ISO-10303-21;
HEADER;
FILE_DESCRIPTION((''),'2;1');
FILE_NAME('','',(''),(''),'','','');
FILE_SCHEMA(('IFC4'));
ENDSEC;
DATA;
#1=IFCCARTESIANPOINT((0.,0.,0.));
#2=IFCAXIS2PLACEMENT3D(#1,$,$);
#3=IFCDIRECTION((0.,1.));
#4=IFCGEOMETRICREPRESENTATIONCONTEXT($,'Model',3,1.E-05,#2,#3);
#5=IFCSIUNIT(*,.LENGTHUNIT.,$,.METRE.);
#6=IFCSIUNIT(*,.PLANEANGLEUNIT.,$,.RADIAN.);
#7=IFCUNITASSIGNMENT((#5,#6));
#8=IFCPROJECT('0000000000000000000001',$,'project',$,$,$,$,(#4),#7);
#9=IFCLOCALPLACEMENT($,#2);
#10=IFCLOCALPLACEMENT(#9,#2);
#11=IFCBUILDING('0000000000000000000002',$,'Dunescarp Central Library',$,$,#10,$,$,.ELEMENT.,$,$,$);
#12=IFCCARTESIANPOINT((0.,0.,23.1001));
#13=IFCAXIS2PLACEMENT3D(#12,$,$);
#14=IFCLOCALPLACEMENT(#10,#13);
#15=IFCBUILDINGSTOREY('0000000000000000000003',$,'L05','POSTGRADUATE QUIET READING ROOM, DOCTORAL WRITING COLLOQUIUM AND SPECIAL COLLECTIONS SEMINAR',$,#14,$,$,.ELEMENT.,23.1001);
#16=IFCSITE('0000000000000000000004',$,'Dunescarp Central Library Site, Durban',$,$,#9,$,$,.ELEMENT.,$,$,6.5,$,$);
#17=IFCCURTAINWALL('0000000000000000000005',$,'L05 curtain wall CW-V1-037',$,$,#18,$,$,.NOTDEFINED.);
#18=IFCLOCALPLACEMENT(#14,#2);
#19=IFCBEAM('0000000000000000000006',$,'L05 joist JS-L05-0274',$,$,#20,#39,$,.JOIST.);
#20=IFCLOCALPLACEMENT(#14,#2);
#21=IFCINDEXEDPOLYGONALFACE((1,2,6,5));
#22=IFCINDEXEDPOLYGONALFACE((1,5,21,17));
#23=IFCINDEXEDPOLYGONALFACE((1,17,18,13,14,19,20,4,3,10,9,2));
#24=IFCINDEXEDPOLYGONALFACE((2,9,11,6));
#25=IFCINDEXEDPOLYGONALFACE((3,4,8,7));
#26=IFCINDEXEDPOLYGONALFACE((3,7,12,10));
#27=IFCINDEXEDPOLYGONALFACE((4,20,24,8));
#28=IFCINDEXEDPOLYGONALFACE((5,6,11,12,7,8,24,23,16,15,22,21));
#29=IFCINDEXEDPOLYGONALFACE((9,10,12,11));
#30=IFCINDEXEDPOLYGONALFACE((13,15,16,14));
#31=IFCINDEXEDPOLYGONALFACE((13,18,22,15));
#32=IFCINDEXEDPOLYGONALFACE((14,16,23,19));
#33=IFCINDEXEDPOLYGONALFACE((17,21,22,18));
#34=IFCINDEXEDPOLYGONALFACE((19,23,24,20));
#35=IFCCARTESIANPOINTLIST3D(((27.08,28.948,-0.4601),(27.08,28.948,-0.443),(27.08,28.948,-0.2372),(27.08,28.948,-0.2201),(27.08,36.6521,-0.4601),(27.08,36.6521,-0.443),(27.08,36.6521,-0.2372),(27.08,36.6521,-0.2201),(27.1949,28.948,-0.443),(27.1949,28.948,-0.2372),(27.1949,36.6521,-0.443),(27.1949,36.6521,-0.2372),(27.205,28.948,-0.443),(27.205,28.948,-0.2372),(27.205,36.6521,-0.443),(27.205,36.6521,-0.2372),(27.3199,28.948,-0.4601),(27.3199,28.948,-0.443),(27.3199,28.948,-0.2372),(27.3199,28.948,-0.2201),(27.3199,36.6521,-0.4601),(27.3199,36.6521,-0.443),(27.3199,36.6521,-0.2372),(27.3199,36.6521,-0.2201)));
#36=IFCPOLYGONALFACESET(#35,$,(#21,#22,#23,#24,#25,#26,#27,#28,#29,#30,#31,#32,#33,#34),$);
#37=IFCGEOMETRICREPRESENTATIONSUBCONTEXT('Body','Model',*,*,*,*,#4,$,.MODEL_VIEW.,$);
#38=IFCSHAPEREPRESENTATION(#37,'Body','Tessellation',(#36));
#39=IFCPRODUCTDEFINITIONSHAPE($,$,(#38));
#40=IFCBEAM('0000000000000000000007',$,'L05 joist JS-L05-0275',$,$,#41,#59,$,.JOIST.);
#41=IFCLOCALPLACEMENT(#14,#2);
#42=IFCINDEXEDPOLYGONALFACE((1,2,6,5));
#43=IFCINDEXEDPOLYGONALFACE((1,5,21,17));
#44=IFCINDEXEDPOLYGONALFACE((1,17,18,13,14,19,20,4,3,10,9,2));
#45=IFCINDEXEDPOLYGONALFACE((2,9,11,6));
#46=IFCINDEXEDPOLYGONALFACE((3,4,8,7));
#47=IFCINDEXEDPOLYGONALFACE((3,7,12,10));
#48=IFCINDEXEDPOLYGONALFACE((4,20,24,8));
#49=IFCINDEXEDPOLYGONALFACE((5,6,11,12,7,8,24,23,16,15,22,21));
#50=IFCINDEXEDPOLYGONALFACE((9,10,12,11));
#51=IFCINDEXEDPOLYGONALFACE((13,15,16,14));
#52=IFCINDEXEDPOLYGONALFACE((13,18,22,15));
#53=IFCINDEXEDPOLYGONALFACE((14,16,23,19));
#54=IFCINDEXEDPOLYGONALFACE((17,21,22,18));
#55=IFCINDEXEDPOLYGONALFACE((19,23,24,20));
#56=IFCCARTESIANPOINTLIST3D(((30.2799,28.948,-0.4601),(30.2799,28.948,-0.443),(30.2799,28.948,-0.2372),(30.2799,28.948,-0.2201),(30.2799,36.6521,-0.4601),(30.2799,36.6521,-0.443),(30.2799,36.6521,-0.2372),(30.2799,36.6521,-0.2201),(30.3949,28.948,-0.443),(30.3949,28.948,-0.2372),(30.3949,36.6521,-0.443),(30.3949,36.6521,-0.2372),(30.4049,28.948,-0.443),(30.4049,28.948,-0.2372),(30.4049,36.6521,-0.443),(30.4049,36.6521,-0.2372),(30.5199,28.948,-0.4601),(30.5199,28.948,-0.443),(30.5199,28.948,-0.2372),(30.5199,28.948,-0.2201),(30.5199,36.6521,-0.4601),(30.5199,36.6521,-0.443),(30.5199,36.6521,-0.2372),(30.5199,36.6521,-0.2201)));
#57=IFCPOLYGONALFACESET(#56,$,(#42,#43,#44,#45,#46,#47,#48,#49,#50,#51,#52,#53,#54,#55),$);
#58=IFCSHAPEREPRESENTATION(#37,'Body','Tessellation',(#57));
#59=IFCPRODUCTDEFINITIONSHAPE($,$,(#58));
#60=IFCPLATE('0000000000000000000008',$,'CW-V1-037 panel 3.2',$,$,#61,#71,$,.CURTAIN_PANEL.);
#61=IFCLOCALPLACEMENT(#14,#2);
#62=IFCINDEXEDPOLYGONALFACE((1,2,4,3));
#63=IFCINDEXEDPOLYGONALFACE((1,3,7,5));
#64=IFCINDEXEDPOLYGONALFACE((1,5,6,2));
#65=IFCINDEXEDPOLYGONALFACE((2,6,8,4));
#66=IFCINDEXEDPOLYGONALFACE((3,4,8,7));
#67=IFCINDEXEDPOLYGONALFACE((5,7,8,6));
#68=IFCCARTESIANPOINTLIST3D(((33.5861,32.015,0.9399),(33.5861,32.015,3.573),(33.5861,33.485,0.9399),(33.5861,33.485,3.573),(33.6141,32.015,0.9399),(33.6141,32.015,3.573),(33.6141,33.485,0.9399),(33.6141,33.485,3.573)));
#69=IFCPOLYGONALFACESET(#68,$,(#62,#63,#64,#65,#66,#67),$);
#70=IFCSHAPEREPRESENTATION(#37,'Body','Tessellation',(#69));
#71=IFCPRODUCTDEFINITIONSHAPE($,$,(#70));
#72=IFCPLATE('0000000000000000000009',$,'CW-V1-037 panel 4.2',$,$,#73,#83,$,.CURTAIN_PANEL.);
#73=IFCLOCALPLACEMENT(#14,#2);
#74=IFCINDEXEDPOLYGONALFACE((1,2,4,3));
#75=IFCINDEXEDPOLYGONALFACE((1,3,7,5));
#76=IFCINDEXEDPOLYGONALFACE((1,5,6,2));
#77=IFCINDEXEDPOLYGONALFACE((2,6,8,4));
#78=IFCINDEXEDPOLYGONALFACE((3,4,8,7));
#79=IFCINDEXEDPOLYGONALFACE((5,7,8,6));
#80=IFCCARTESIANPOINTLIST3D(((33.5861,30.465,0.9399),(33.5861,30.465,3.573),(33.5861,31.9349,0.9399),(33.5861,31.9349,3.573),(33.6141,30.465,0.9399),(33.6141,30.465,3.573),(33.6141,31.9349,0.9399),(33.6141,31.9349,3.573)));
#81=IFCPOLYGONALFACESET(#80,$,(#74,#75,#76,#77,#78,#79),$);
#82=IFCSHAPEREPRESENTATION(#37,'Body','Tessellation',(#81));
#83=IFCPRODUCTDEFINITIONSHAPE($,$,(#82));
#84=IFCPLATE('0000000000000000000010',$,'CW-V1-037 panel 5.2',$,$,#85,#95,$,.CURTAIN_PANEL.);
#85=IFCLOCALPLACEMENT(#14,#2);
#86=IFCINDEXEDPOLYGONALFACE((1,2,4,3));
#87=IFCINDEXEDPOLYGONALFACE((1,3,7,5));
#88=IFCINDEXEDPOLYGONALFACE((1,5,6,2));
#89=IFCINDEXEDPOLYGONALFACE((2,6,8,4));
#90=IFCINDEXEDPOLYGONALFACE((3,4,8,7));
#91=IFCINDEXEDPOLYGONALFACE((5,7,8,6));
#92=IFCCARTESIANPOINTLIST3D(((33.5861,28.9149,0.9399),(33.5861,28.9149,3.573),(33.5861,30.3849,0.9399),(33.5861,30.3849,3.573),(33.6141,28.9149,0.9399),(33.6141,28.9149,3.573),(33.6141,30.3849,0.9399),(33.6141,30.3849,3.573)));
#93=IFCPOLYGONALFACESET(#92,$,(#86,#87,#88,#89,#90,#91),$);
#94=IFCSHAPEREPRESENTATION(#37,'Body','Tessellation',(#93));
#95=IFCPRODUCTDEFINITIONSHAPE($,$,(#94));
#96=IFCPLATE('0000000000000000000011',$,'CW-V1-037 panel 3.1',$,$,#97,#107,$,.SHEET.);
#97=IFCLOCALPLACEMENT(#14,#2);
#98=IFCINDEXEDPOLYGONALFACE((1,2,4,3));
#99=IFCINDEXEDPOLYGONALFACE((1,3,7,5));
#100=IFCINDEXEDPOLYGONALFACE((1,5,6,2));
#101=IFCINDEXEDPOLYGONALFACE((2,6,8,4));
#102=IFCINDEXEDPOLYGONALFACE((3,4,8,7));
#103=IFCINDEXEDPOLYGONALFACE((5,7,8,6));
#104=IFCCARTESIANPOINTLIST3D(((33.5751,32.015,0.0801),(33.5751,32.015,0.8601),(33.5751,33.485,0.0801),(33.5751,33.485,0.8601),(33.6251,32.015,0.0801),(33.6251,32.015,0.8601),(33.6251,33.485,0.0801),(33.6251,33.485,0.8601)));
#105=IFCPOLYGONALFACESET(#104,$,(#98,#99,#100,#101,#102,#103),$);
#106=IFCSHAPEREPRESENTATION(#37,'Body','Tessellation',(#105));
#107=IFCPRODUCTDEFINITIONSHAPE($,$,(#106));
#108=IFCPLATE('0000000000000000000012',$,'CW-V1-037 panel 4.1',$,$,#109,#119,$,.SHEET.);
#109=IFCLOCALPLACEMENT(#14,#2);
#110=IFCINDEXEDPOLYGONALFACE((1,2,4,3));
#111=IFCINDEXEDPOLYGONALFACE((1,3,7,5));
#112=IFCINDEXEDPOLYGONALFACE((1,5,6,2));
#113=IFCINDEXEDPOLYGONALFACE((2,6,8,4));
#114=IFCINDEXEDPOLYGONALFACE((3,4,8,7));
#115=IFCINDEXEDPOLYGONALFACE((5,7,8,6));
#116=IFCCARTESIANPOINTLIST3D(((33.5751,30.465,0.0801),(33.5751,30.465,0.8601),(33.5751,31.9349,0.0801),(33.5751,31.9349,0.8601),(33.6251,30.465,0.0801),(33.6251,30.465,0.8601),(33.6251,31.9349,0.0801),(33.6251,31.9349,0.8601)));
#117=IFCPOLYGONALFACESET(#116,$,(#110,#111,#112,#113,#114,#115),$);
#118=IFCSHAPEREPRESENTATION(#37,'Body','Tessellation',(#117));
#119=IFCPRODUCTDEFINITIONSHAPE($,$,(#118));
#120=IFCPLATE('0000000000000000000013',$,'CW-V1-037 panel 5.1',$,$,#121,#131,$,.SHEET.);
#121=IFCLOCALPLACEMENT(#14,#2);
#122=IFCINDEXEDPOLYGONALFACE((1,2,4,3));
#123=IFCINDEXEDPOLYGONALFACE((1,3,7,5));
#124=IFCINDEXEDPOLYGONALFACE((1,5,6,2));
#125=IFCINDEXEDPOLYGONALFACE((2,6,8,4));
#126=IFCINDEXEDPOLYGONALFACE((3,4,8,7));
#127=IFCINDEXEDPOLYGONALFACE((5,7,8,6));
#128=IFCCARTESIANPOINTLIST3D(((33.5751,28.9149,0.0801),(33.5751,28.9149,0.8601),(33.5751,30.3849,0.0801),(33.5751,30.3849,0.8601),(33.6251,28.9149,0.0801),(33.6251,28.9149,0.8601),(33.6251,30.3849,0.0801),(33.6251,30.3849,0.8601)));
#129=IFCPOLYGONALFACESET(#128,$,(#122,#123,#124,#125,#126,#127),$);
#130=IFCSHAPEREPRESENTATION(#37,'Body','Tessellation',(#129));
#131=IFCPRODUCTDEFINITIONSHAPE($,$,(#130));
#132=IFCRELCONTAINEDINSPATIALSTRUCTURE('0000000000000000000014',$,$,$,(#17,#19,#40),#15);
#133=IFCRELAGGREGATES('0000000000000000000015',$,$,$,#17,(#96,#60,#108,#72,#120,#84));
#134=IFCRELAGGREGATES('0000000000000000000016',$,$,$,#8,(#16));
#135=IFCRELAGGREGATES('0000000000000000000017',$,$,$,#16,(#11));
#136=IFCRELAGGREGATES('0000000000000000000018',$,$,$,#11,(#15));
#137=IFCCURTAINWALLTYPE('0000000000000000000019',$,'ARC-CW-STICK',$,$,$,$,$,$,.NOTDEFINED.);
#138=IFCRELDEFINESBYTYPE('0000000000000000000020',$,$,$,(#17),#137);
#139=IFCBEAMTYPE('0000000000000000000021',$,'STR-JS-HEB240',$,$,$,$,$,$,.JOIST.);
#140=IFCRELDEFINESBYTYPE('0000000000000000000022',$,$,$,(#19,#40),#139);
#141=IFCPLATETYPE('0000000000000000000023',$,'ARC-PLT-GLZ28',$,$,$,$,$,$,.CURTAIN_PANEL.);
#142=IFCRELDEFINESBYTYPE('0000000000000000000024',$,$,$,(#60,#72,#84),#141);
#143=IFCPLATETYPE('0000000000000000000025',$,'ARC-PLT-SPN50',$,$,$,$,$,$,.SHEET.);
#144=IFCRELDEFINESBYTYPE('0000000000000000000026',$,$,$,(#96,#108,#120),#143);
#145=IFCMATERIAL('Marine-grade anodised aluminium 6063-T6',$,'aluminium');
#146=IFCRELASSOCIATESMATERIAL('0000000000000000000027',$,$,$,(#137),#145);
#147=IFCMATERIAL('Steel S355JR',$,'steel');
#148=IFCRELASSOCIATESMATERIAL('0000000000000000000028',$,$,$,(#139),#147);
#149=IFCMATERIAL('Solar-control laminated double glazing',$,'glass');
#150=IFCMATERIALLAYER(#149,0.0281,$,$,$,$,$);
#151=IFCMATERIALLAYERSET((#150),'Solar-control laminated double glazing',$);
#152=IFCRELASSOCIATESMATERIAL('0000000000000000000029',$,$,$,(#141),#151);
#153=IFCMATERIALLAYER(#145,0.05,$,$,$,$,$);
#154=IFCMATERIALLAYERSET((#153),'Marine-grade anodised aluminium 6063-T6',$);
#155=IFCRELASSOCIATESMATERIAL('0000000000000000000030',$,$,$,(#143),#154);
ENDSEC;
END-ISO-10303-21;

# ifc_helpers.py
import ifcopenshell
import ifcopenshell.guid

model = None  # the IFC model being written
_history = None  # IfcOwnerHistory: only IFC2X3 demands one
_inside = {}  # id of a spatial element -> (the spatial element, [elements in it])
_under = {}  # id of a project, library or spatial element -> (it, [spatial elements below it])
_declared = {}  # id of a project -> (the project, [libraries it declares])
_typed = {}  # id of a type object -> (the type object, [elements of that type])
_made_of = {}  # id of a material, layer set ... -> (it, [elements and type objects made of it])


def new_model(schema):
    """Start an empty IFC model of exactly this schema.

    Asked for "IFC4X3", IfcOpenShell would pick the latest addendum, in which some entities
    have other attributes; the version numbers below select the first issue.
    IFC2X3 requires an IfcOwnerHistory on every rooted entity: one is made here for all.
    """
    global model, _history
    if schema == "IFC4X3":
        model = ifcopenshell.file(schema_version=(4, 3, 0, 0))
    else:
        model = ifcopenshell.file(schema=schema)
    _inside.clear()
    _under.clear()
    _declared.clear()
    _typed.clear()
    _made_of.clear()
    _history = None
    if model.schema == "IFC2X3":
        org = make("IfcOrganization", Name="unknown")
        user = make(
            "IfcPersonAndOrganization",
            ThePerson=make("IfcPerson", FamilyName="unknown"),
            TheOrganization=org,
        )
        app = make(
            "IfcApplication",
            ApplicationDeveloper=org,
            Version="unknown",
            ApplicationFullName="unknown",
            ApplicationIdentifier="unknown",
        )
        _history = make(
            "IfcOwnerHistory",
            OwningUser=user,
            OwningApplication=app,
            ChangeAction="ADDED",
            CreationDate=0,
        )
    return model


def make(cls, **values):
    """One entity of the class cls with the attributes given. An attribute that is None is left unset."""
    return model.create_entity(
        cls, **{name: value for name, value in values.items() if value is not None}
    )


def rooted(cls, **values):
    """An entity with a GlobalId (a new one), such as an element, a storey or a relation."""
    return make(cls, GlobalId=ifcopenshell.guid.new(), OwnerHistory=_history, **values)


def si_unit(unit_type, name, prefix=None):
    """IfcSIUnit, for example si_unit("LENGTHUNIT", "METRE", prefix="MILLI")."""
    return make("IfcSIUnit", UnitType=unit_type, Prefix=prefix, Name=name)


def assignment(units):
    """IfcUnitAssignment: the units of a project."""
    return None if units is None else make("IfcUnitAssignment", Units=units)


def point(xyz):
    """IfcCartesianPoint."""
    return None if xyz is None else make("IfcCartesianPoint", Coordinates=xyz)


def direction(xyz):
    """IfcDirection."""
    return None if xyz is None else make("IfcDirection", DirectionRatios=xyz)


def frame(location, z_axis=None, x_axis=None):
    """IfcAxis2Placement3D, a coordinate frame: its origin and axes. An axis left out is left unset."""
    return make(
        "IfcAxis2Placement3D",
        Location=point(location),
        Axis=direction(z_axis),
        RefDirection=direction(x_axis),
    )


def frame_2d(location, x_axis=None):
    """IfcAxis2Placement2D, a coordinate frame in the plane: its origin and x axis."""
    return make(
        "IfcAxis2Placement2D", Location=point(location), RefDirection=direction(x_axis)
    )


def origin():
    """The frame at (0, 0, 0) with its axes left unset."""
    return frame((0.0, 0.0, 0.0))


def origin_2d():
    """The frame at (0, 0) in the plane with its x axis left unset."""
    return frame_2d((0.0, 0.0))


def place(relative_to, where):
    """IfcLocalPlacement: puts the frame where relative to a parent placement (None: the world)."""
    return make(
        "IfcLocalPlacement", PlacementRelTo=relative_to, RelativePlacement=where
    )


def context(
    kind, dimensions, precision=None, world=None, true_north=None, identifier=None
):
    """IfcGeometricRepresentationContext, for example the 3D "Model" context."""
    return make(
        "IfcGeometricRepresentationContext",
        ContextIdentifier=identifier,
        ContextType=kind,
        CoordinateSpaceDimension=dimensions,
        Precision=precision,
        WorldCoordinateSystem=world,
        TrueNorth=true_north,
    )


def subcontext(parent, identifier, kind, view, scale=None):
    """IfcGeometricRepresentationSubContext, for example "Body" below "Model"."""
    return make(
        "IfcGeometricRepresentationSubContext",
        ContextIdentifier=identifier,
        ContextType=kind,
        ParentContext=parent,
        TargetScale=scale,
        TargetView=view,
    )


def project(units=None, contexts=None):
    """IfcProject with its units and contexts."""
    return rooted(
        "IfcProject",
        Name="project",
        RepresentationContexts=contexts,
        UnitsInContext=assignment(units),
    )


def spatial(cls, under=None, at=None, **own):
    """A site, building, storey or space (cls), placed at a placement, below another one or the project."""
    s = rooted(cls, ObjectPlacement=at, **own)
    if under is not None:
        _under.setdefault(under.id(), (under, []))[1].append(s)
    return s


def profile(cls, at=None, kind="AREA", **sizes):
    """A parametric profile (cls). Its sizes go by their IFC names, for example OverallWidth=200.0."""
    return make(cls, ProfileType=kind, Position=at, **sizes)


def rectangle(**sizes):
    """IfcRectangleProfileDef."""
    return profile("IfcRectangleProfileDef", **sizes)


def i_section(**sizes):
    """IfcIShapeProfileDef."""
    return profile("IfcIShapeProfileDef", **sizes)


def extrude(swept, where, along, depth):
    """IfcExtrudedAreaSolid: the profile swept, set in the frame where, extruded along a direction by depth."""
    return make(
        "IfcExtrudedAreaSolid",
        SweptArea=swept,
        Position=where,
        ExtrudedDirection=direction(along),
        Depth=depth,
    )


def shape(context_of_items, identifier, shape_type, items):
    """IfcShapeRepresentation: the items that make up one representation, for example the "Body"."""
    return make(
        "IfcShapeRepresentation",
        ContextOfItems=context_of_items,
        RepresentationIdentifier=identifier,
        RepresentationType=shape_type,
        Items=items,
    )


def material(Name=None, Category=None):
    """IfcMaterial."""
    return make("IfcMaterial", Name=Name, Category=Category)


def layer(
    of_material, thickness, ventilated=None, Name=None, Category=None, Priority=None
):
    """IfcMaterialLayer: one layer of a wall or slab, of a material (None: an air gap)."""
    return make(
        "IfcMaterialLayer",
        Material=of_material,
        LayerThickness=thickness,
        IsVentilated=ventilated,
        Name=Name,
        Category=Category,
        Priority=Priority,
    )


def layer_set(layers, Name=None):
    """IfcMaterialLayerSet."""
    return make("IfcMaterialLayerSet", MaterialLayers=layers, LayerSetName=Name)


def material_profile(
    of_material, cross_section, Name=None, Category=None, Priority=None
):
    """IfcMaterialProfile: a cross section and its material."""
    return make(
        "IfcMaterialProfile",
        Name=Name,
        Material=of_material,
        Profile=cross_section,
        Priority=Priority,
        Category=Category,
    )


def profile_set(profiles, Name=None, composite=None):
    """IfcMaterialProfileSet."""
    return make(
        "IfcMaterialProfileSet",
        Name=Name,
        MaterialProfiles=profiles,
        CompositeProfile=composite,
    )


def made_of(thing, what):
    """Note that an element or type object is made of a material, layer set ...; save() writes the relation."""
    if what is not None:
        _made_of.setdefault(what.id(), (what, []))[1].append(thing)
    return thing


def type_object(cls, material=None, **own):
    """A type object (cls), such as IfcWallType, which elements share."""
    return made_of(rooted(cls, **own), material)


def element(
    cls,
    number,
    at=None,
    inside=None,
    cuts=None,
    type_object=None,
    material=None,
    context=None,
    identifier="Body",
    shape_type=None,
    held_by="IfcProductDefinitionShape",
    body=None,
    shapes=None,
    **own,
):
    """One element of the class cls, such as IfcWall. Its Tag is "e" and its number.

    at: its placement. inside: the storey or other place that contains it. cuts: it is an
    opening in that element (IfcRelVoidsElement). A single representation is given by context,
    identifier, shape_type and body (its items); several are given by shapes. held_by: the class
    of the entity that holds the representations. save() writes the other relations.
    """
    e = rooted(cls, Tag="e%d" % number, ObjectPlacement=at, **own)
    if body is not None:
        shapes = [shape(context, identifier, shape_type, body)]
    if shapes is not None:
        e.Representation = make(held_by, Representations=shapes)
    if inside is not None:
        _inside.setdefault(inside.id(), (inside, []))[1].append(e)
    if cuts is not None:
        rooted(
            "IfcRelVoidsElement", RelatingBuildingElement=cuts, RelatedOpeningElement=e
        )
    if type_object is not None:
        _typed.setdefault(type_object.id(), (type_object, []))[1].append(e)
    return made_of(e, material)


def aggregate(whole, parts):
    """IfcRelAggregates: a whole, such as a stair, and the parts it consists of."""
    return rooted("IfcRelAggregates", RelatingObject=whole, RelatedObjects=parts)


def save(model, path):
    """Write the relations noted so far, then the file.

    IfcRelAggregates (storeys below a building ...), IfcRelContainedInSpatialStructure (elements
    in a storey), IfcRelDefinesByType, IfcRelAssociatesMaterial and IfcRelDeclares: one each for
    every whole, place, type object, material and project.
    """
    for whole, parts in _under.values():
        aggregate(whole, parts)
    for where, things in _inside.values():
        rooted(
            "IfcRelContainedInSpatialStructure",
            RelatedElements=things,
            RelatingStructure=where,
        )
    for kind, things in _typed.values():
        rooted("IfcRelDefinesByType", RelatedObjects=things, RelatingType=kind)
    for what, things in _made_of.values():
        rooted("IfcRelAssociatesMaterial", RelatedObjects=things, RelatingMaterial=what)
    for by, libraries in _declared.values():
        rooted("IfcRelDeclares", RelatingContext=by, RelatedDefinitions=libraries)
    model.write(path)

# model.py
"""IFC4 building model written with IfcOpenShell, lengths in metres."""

from ifc_helpers import new_model, si_unit, direction, frame, origin, origin_2d, place, context, subcontext, project, spatial, rectangle, i_section, extrude, material, layer, layer_set, material_profile, profile_set, type_object, element, aggregate, save


model = new_model("IFC4")

# Units and contexts
model_context = context("Model", 3, precision=1e-05, world=origin(), true_north=direction((0.0, 1.0)))
body_context = subcontext(model_context, "Body", "Model", "MODEL_VIEW")
ifc_project = project(units=[si_unit("LENGTHUNIT", "METRE"), si_unit("PLANEANGLEUNIT", "RADIAN")], contexts=[model_context])

# Site, building, storey
site_placement = place(None, origin())
site = spatial("IfcSite", under=ifc_project, at=site_placement, Name="Dunescarp Central Library Site, Durban", CompositionType="ELEMENT", RefElevation=6.5)
building_placement = place(site_placement, origin())
building = spatial("IfcBuilding", under=site, at=building_placement, Name="Dunescarp Central Library", CompositionType="ELEMENT")
storey_placement = place(building_placement, frame((0.0, 0.0, 23.1001)))
storey = spatial("IfcBuildingStorey", under=building, at=storey_placement, Name="L05", Description="POSTGRADUATE QUIET READING ROOM, DOCTORAL WRITING COLLOQUIUM AND SPECIAL COLLECTIONS SEMINAR", CompositionType="ELEMENT", Elevation=23.1001)

# Curtain wall
ifc_material_1 = material(Name="Marine-grade anodised aluminium 6063-T6", Category="aluminium")
curtain_wall_type = type_object("IfcCurtainWallType", Name="ARC-CW-STICK", PredefinedType="NOTDEFINED", material=ifc_material_1)
curtain_wall_placement = place(storey_placement, origin())
curtain_wall = element("IfcCurtainWall", 1, at=curtain_wall_placement, inside=storey, type_object=curtain_wall_type, Name="L05 curtain wall CW-V1-037", PredefinedType="NOTDEFINED")

# Beams
ifc_material_2 = material(Name="Steel S355JR", Category="steel")
ifc_material_profile_1 = material_profile(ifc_material_2, i_section(OverallWidth=0.24, OverallDepth=0.24, WebThickness=0.01, FlangeThickness=0.0171, at=origin_2d()), Name="HEB 240")
ifc_profile_set_1 = profile_set([ifc_material_profile_1], Name="Steel S355JR")
beam_type_1 = type_object("IfcBeamType", Name="STR-JS-HEB240", PredefinedType="JOIST", material=ifc_profile_set_1)
for number, where, z_axis, x_axis, name in (
    (2, (27.2, 28.948, -0.3401), (0.0, 1.0, 0.0), (-1.0, 0.0, 0.0), "L05 joist JS-L05-0274"),
    (3, (30.3999, 28.948, -0.3401), (0.0, 1.0, 0.0), (-1.0, 0.0, 0.0), "L05 joist JS-L05-0275"),
):
    element("IfcBeam", number, at=place(storey_placement, frame(where, z_axis=z_axis, x_axis=x_axis)), inside=storey, type_object=beam_type_1, Name=name, PredefinedType="JOIST", context=body_context, shape_type="SweptSolid", body=[
        extrude(i_section(OverallWidth=0.24, OverallDepth=0.24, WebThickness=0.01, FlangeThickness=0.0171, at=origin_2d()), origin(), (0.0, 0.0, 1.0), 7.7041),
    ])

# Plates
ifc_material_3 = material(Name="Solar-control laminated double glazing", Category="glass")
ifc_layer_1 = layer(ifc_material_3, 0.0281)
ifc_layer_set_1 = layer_set([ifc_layer_1], Name="Solar-control laminated double glazing")
plate_type_1 = type_object("IfcPlateType", Name="ARC-PLT-GLZ28", PredefinedType="CURTAIN_PANEL", material=ifc_layer_set_1)
plate_1_placement = place(storey_placement, frame((33.6001, 32.75, 0.9399), z_axis=(0.0, 0.0, 1.0), x_axis=(0.0, -1.0, 0.0)))
plate_1 = element("IfcPlate", 4, at=plate_1_placement, type_object=plate_type_1, Name="CW-V1-037 panel 3.2", PredefinedType="CURTAIN_PANEL", context=body_context, shape_type="SweptSolid", body=[
    extrude(rectangle(XDim=1.47, YDim=0.0281, at=origin_2d()), origin(), (0.0, 0.0, 1.0), 2.6331),
])
plate_2_placement = place(storey_placement, frame((33.6001, 31.2, 0.9399), z_axis=(0.0, 0.0, 1.0), x_axis=(0.0, -1.0, 0.0)))
plate_2 = element("IfcPlate", 5, at=plate_2_placement, type_object=plate_type_1, Name="CW-V1-037 panel 4.2", PredefinedType="CURTAIN_PANEL", context=body_context, shape_type="SweptSolid", body=[
    extrude(rectangle(XDim=1.47, YDim=0.0281, at=origin_2d()), origin(), (0.0, 0.0, 1.0), 2.6331),
])
plate_3_placement = place(storey_placement, frame((33.6001, 29.6499, 0.9399), z_axis=(0.0, 0.0, 1.0), x_axis=(0.0, -1.0, 0.0)))
plate_3 = element("IfcPlate", 6, at=plate_3_placement, type_object=plate_type_1, Name="CW-V1-037 panel 5.2", PredefinedType="CURTAIN_PANEL", context=body_context, shape_type="SweptSolid", body=[
    extrude(rectangle(XDim=1.47, YDim=0.0281, at=origin_2d()), origin(), (0.0, 0.0, 1.0), 2.6331),
])
ifc_layer_2 = layer(ifc_material_1, 0.05)
ifc_layer_set_2 = layer_set([ifc_layer_2], Name="Marine-grade anodised aluminium 6063-T6")
plate_type_2 = type_object("IfcPlateType", Name="ARC-PLT-SPN50", PredefinedType="SHEET", material=ifc_layer_set_2)
plate_4_placement = place(storey_placement, frame((33.6001, 32.75, 0.0801), z_axis=(0.0, 0.0, 1.0), x_axis=(0.0, -1.0, 0.0)))
plate_4 = element("IfcPlate", 7, at=plate_4_placement, type_object=plate_type_2, Name="CW-V1-037 panel 3.1", PredefinedType="SHEET", context=body_context, shape_type="SweptSolid", body=[
    extrude(rectangle(XDim=1.47, YDim=0.05, at=origin_2d()), origin(), (0.0, 0.0, 1.0), 0.78),
])
plate_5_placement = place(storey_placement, frame((33.6001, 31.2, 0.0801), z_axis=(0.0, 0.0, 1.0), x_axis=(0.0, -1.0, 0.0)))
plate_5 = element("IfcPlate", 8, at=plate_5_placement, type_object=plate_type_2, Name="CW-V1-037 panel 4.1", PredefinedType="SHEET", context=body_context, shape_type="SweptSolid", body=[
    extrude(rectangle(XDim=1.47, YDim=0.05, at=origin_2d()), origin(), (0.0, 0.0, 1.0), 0.78),
])
plate_6_placement = place(storey_placement, frame((33.6001, 29.6499, 0.0801), z_axis=(0.0, 0.0, 1.0), x_axis=(0.0, -1.0, 0.0)))
plate_6 = element("IfcPlate", 9, at=plate_6_placement, type_object=plate_type_2, Name="CW-V1-037 panel 5.1", PredefinedType="SHEET", context=body_context, shape_type="SweptSolid", body=[
    extrude(rectangle(XDim=1.47, YDim=0.05, at=origin_2d()), origin(), (0.0, 0.0, 1.0), 0.78),
])
aggregate(curtain_wall, [plate_4, plate_1, plate_5, plate_2, plate_6, plate_3])

save(model, "model.ifc")
